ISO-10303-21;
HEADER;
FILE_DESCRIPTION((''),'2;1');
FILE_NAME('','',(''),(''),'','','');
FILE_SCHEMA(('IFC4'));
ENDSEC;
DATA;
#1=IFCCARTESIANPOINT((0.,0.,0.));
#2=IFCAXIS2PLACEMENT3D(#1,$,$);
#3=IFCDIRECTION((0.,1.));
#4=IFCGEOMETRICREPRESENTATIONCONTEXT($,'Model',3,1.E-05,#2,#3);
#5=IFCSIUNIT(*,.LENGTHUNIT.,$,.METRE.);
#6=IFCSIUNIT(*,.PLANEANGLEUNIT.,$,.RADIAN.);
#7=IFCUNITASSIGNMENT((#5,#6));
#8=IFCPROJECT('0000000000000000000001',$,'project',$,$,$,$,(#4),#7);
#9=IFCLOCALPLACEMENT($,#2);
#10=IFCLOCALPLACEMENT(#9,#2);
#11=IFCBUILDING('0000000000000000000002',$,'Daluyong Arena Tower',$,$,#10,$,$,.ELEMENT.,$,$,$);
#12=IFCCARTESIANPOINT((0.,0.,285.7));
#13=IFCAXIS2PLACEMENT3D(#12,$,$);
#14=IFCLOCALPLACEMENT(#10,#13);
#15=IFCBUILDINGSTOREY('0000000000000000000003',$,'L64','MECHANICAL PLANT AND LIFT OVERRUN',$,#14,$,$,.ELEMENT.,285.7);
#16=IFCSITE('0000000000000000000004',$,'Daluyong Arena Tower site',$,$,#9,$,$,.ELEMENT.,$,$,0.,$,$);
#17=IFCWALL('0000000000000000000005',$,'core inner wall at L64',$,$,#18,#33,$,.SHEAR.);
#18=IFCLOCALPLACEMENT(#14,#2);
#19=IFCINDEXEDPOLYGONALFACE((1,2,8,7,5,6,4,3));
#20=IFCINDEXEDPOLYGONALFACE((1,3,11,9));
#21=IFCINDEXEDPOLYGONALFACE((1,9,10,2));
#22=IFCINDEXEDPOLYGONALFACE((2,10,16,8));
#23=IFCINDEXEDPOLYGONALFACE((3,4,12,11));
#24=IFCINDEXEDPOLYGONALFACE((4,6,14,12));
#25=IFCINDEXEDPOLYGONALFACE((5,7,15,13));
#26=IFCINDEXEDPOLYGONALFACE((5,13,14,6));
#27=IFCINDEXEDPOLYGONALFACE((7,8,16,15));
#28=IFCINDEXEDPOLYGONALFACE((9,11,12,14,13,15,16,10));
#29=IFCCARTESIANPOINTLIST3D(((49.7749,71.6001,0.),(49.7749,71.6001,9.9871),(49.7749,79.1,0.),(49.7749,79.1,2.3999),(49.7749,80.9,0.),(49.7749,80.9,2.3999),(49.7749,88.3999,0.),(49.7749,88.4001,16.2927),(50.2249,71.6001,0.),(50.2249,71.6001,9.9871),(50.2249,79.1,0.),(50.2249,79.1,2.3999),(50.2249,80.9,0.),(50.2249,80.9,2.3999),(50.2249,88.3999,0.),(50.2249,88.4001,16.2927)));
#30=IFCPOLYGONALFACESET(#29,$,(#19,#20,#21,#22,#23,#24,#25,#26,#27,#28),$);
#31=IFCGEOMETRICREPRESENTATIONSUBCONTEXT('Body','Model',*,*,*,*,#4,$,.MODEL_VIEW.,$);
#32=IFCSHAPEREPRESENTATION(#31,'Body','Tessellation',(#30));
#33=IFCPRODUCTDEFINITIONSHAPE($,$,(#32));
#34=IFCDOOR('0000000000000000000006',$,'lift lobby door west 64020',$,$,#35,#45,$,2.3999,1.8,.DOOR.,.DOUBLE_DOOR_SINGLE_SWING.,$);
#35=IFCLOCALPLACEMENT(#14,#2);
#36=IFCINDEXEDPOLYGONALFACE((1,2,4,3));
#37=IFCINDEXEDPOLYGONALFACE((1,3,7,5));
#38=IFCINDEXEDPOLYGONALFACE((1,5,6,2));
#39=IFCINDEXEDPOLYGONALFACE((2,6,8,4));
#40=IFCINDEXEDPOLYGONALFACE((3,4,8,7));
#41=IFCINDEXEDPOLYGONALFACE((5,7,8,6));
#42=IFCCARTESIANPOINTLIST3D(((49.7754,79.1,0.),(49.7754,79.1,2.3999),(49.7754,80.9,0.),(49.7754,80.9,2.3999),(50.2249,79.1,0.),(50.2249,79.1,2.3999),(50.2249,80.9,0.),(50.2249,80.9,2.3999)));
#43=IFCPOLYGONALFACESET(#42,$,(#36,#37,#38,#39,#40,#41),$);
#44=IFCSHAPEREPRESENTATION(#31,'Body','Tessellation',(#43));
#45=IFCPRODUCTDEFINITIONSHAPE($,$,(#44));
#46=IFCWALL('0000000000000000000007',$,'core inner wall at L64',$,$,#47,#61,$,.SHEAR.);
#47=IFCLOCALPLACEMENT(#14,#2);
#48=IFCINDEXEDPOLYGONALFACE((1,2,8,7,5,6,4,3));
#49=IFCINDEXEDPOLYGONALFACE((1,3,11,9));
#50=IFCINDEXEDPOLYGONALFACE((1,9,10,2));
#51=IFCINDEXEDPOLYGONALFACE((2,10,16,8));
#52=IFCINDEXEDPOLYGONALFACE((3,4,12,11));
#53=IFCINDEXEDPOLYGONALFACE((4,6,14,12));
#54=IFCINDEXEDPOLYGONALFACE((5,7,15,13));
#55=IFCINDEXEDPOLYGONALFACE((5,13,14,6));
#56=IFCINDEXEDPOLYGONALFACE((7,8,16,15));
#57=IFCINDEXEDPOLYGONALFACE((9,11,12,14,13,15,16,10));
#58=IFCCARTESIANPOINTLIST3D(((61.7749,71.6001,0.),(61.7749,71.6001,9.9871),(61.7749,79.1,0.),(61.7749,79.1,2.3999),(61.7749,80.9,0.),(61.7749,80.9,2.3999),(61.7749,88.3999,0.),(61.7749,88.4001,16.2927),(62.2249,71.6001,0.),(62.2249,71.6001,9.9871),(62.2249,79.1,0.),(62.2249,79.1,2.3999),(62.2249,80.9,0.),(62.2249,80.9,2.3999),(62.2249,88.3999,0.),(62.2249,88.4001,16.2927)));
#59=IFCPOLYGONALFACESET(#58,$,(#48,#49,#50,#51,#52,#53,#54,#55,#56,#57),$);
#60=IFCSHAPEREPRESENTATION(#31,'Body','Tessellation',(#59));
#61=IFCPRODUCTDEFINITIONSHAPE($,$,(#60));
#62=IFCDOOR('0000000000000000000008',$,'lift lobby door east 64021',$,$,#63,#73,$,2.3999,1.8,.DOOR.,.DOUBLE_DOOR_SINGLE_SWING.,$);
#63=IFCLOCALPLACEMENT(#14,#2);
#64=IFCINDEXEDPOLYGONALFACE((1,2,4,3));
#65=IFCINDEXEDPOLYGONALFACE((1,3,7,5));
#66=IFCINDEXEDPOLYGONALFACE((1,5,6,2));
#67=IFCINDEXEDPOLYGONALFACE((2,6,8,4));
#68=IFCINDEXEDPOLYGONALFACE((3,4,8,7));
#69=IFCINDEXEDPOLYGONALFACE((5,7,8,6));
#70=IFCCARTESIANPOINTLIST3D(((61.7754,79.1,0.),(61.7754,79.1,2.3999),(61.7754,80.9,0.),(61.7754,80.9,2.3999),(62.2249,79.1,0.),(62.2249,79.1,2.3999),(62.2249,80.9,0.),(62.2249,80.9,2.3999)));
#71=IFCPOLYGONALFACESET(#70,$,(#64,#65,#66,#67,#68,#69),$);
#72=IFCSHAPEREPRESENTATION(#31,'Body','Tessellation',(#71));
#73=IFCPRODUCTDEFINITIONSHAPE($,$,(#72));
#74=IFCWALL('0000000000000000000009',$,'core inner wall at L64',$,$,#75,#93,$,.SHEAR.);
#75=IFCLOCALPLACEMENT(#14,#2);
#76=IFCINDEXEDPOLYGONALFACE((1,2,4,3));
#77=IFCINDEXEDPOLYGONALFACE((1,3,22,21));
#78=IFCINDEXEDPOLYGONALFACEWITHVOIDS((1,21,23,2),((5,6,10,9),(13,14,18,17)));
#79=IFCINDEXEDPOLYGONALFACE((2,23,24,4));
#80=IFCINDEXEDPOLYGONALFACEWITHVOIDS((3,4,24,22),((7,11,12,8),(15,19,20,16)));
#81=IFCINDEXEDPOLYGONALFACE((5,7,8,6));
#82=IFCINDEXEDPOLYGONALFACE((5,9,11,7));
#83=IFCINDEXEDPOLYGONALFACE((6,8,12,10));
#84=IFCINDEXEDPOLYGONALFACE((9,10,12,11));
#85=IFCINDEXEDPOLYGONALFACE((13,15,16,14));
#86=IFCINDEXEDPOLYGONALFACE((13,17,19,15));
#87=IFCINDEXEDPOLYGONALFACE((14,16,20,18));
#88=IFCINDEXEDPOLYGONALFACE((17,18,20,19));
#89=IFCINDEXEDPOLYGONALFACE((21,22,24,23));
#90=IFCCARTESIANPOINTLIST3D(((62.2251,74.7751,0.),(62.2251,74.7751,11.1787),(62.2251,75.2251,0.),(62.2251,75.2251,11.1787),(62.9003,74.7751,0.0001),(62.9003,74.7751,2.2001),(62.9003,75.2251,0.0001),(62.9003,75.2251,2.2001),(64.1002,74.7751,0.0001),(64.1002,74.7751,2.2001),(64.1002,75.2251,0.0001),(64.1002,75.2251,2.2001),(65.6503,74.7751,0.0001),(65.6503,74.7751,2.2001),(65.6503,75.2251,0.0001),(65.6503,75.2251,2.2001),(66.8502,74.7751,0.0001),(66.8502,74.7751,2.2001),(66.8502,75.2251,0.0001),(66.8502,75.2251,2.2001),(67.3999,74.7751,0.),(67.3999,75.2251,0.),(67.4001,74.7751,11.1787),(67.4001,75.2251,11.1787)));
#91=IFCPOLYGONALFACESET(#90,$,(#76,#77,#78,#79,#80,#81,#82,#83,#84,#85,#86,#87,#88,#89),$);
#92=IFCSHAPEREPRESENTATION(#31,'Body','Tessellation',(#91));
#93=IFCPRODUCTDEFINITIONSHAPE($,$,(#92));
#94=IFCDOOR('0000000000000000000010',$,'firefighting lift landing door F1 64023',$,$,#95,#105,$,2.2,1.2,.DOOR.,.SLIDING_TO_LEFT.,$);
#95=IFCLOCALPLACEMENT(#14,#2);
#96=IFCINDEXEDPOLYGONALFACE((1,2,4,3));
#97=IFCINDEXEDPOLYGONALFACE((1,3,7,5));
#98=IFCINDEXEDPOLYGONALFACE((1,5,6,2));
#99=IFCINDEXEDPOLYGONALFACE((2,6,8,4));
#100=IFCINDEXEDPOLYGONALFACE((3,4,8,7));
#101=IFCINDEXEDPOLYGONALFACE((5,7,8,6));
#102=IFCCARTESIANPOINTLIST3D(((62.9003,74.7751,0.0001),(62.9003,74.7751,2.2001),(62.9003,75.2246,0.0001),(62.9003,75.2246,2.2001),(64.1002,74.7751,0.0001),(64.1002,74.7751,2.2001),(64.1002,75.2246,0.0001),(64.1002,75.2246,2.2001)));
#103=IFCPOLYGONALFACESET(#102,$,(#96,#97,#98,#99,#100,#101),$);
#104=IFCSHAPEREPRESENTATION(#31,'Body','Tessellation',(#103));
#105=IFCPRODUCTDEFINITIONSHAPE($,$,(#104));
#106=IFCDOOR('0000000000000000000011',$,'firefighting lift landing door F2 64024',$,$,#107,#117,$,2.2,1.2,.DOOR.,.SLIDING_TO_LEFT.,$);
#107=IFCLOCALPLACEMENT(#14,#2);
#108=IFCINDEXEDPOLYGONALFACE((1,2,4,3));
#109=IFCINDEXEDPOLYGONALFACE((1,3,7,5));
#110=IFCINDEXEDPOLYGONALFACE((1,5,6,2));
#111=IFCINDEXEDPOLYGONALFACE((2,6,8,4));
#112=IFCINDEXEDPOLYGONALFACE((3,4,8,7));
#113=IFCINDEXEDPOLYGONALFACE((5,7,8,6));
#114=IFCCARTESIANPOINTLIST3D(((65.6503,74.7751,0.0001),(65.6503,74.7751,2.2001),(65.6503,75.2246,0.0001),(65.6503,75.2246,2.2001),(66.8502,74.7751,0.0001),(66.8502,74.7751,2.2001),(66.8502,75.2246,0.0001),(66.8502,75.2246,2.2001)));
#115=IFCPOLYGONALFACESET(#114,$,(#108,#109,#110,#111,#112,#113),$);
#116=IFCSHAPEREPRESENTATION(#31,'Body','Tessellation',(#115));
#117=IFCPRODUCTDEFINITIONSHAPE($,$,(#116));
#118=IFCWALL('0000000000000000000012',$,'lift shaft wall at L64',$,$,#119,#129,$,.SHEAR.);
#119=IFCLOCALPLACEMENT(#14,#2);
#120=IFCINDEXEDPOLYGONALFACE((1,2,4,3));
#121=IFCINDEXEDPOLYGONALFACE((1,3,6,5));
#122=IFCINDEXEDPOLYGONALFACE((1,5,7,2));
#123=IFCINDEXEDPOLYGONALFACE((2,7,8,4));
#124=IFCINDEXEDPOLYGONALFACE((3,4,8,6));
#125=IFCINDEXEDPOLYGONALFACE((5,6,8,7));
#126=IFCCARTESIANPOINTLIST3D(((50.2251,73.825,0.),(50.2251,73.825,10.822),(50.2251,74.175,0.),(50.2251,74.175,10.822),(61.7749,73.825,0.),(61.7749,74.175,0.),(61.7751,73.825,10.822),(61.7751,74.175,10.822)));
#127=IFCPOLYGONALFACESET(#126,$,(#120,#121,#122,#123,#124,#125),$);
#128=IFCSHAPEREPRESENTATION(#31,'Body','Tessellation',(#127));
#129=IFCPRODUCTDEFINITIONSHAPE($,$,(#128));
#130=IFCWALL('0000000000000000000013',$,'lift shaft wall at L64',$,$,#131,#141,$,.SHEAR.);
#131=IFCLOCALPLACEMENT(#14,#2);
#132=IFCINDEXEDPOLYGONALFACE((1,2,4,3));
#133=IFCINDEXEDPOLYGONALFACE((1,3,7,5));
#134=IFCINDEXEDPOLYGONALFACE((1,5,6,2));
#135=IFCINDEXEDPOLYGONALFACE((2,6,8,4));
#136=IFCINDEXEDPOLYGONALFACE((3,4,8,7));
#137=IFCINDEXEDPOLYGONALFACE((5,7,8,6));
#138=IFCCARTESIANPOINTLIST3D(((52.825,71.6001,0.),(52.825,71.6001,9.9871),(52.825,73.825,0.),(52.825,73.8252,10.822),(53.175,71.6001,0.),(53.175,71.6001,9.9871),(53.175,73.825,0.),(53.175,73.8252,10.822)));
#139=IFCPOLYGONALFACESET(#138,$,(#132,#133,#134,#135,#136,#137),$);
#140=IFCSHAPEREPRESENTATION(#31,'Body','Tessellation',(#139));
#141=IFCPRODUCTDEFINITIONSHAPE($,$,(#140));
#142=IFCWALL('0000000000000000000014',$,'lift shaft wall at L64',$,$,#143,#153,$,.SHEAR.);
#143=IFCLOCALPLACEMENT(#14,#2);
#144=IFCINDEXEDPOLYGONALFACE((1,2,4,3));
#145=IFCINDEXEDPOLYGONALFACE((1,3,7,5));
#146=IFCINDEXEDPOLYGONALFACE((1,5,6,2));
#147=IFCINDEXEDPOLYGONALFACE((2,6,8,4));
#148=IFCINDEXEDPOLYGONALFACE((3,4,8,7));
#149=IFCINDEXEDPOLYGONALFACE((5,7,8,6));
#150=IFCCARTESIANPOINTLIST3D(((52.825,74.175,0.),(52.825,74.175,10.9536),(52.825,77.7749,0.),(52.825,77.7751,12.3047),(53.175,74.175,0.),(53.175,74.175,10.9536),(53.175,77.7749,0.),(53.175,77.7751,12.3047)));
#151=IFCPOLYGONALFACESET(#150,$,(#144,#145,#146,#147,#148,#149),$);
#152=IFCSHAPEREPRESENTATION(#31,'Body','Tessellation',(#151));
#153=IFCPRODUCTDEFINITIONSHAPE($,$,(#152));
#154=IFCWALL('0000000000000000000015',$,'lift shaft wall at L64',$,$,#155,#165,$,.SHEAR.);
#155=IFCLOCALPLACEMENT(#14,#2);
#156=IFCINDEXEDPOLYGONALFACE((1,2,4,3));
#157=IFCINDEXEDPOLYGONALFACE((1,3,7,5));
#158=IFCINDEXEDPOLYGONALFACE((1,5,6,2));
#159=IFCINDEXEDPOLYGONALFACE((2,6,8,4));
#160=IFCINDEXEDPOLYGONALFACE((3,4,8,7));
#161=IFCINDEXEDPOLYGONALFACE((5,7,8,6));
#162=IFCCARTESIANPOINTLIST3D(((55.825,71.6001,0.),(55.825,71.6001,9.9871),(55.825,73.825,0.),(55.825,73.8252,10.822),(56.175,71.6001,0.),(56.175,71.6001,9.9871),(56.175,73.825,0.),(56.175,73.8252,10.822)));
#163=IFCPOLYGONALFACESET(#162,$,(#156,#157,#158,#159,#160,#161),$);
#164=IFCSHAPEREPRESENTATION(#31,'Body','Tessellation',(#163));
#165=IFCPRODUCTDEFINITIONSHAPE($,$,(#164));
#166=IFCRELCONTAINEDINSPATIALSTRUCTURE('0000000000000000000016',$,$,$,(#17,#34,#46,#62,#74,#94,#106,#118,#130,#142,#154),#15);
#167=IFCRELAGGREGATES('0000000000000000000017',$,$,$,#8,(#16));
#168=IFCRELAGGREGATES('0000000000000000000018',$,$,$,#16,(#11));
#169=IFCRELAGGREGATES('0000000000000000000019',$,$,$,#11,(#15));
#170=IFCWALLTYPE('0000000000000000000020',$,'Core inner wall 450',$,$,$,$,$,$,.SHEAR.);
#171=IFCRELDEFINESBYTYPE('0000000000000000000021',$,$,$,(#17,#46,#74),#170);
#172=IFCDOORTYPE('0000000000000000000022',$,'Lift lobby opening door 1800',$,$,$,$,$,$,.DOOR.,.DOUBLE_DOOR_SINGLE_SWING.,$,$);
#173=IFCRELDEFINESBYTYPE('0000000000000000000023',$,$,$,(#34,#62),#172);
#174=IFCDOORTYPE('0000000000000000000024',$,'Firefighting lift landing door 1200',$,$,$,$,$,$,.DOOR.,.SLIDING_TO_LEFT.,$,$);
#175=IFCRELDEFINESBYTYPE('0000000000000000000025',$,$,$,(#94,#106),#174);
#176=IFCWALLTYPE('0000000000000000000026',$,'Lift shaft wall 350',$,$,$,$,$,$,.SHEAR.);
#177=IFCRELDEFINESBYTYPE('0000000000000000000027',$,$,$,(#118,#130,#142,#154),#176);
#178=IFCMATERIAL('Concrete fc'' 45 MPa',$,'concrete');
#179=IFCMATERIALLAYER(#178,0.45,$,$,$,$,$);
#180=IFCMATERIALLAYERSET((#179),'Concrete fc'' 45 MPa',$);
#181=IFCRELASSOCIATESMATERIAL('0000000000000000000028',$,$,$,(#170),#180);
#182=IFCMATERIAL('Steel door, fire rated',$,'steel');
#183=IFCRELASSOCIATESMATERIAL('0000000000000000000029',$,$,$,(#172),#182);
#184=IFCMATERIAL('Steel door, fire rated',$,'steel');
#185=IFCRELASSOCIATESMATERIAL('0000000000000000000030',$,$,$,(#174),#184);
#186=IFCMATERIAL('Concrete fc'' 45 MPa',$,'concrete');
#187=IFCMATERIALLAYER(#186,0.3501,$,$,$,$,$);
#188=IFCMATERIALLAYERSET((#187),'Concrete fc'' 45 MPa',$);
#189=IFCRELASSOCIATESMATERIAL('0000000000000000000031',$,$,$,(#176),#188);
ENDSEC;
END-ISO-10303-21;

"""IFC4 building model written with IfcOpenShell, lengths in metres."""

from ifc_helpers import new_model, si_unit, direction, frame, frame_2d, origin, place, context, subcontext, project, spatial, polyline, rectangle, outline, extrude, material, layer, layer_set, type_object, element, fill, save


model = new_model("IFC4")

# Units and contexts
model_context = context("Model", 3, precision=1e-05, world=origin(), true_north=direction((0.0, 1.0)))
body_context = subcontext(model_context, "Body", "Model", "MODEL_VIEW")
ifc_project = project(units=[si_unit("LENGTHUNIT", "METRE"), si_unit("PLANEANGLEUNIT", "RADIAN")], contexts=[model_context])

# Site, building, storey
site_placement = place(None, origin())
site = spatial("IfcSite", under=ifc_project, at=site_placement, Name="Daluyong Arena Tower site", CompositionType="ELEMENT", RefElevation=0.0)
building_placement = place(site_placement, origin())
building = spatial("IfcBuilding", under=site, at=building_placement, Name="Daluyong Arena Tower", CompositionType="ELEMENT")
storey_placement = place(building_placement, frame((0.0, 0.0, 285.7)))
storey = spatial("IfcBuildingStorey", under=building, at=storey_placement, Name="L64", Description="MECHANICAL PLANT AND LIFT OVERRUN", CompositionType="ELEMENT", Elevation=285.7)

# Walls, openings, doors
ifc_material_1 = material(Name="Concrete fc' 45 MPa", Category="concrete")
ifc_layer_1 = layer(ifc_material_1, 0.45)
ifc_layer_set_1 = layer_set([ifc_layer_1], Name="Concrete fc' 45 MPa")
wall_type_1 = type_object("IfcWallType", Name="Core inner wall 450", PredefinedType="SHEAR", material=ifc_layer_set_1)
wall_1_placement = place(storey_placement, frame((50.0, 71.6001, 0.0), z_axis=(0.0, 0.0, 1.0), x_axis=(0.0, 1.0, 0.0)))
wall_1 = element("IfcWall", 1, at=wall_1_placement, inside=storey, type_object=wall_type_1, Name="core inner wall at L64", PredefinedType="SHEAR", context=body_context, shape_type="SweptSolid", body=[
    extrude(outline(polyline([(0.0, 0.0), (16.7998, 0.0), (16.8, 16.2927), (0.0, 9.9871), (0.0, 0.0)])), frame((0.0, 0.2251, 0.0), z_axis=(0.0, -1.0, 0.0), x_axis=(1.0, 0.0, 0.0)), (0.0, 0.0, 1.0), 0.45),
])
opening_1_placement = place(wall_1_placement, frame((7.5, 0.0, 0.0)))
opening_1 = element("IfcOpeningElement", 2, at=opening_1_placement, cuts=wall_1, PredefinedType="OPENING", context=body_context, shape_type="SweptSolid", body=[
    extrude(rectangle(XDim=1.8, YDim=2.3999, at=frame_2d((0.8999, 1.2))), frame((0.0, 0.2349, 0.0), z_axis=(0.0, -1.0, 0.0), x_axis=(1.0, 0.0, 0.0)), (0.0, 0.0, 1.0), 0.47),
])
ifc_material_2 = material(Name="Steel door, fire rated", Category="steel")
door_type_1 = type_object("IfcDoorType", Name="Lift lobby opening door 1800", OperationType="DOUBLE_DOOR_SINGLE_SWING", PredefinedType="DOOR", material=ifc_material_2)
door_1_placement = place(opening_1_placement, origin())
door_1 = element("IfcDoor", 3, at=door_1_placement, inside=storey, type_object=door_type_1, Name="lift lobby door west 64020", OperationType="DOUBLE_DOOR_SINGLE_SWING", OverallHeight=2.3999, OverallWidth=1.8, PredefinedType="DOOR", context=body_context, shape_type="SweptSolid", body=[
    extrude(rectangle(XDim=1.8, YDim=2.3999, at=frame_2d((0.8999, 1.2))), frame((0.0, 0.2246, 0.0), z_axis=(0.0, -1.0, 0.0), x_axis=(1.0, 0.0, 0.0)), (0.0, 0.0, 1.0), 0.4495),
])
fill(opening_1, door_1)
wall_2_placement = place(storey_placement, frame((62.0, 71.6001, 0.0), z_axis=(0.0, 0.0, 1.0), x_axis=(0.0, 1.0, 0.0)))
wall_2 = element("IfcWall", 4, at=wall_2_placement, inside=storey, type_object=wall_type_1, Name="core inner wall at L64", PredefinedType="SHEAR", context=body_context, shape_type="SweptSolid", body=[
    extrude(outline(polyline([(0.0, 0.0), (16.7998, 0.0), (16.8, 16.2927), (0.0, 9.9871), (0.0, 0.0)])), frame((0.0, 0.2251, 0.0), z_axis=(0.0, -1.0, 0.0), x_axis=(1.0, 0.0, 0.0)), (0.0, 0.0, 1.0), 0.45),
])
opening_2_placement = place(wall_2_placement, frame((7.5, 0.0, 0.0)))
opening_2 = element("IfcOpeningElement", 5, at=opening_2_placement, cuts=wall_2, PredefinedType="OPENING", context=body_context, shape_type="SweptSolid", body=[
    extrude(rectangle(XDim=1.8, YDim=2.3999, at=frame_2d((0.8999, 1.2))), frame((0.0, 0.2349, 0.0), z_axis=(0.0, -1.0, 0.0), x_axis=(1.0, 0.0, 0.0)), (0.0, 0.0, 1.0), 0.47),
])
door_2_placement = place(opening_2_placement, origin())
door_2 = element("IfcDoor", 6, at=door_2_placement, inside=storey, type_object=door_type_1, Name="lift lobby door east 64021", OperationType="DOUBLE_DOOR_SINGLE_SWING", OverallHeight=2.3999, OverallWidth=1.8, PredefinedType="DOOR", context=body_context, shape_type="SweptSolid", body=[
    extrude(rectangle(XDim=1.8, YDim=2.3999, at=frame_2d((0.8999, 1.2))), frame((0.0, 0.2246, 0.0), z_axis=(0.0, -1.0, 0.0), x_axis=(1.0, 0.0, 0.0)), (0.0, 0.0, 1.0), 0.4495),
])
fill(opening_2, door_2)

# Wall, openings, doors
wall_3_placement = place(storey_placement, frame((62.2251, 75.0, 0.0), z_axis=(0.0, 0.0, 1.0), x_axis=(1.0, 0.0, 0.0)))
wall_3 = element("IfcWall", 7, at=wall_3_placement, inside=storey, type_object=wall_type_1, Name="core inner wall at L64", PredefinedType="SHEAR", context=body_context, shape_type="SweptSolid", body=[
    extrude(outline(polyline([(0.0, 0.0), (5.1748, 0.0), (5.175, 11.1787), (0.0, 11.1787), (0.0, 0.0)])), frame((0.0, 0.2251, 0.0), z_axis=(0.0, -1.0, 0.0), x_axis=(1.0, 0.0, 0.0)), (0.0, 0.0, 1.0), 0.45),
])
opening_3_placement = place(wall_3_placement, frame((0.675, 0.0, 0.0)))
opening_3 = element("IfcOpeningElement", 8, at=opening_3_placement, cuts=wall_3, PredefinedType="OPENING", context=body_context, shape_type="SweptSolid", body=[
    extrude(rectangle(XDim=1.2, YDim=2.2, at=frame_2d((0.6001, 1.1001))), frame((0.0, 0.2349, 0.0), z_axis=(0.0, -1.0, 0.0), x_axis=(1.0, 0.0, 0.0)), (0.0, 0.0, 1.0), 0.47),
])
opening_4_placement = place(wall_3_placement, frame((3.425, 0.0, 0.0)))
opening_4 = element("IfcOpeningElement", 9, at=opening_4_placement, cuts=wall_3, PredefinedType="OPENING", context=body_context, shape_type="SweptSolid", body=[
    extrude(rectangle(XDim=1.2, YDim=2.2, at=frame_2d((0.6001, 1.1001))), frame((0.0, 0.2349, 0.0), z_axis=(0.0, -1.0, 0.0), x_axis=(1.0, 0.0, 0.0)), (0.0, 0.0, 1.0), 0.47),
])
ifc_material_3 = material(Name="Steel door, fire rated", Category="steel")
door_type_2 = type_object("IfcDoorType", Name="Firefighting lift landing door 1200", OperationType="SLIDING_TO_LEFT", PredefinedType="DOOR", material=ifc_material_3)
door_3_placement = place(opening_3_placement, origin())
door_3 = element("IfcDoor", 10, at=door_3_placement, inside=storey, type_object=door_type_2, Name="firefighting lift landing door F1 64023", OperationType="SLIDING_TO_LEFT", OverallHeight=2.2, OverallWidth=1.2, PredefinedType="DOOR", context=body_context, shape_type="SweptSolid", body=[
    extrude(rectangle(XDim=1.2, YDim=2.2, at=frame_2d((0.6001, 1.1001))), frame((0.0, 0.2246, 0.0), z_axis=(0.0, -1.0, 0.0), x_axis=(1.0, 0.0, 0.0)), (0.0, 0.0, 1.0), 0.4495),
])
fill(opening_3, door_3)
door_4_placement = place(opening_4_placement, origin())
door_4 = element("IfcDoor", 11, at=door_4_placement, inside=storey, type_object=door_type_2, Name="firefighting lift landing door F2 64024", OperationType="SLIDING_TO_LEFT", OverallHeight=2.2, OverallWidth=1.2, PredefinedType="DOOR", context=body_context, shape_type="SweptSolid", body=[
    extrude(rectangle(XDim=1.2, YDim=2.2, at=frame_2d((0.6001, 1.1001))), frame((0.0, 0.2246, 0.0), z_axis=(0.0, -1.0, 0.0), x_axis=(1.0, 0.0, 0.0)), (0.0, 0.0, 1.0), 0.4495),
])
fill(opening_4, door_4)

# Walls
ifc_material_4 = material(Name="Concrete fc' 45 MPa", Category="concrete")
ifc_layer_2 = layer(ifc_material_4, 0.3501)
ifc_layer_set_2 = layer_set([ifc_layer_2], Name="Concrete fc' 45 MPa")
wall_type_2 = type_object("IfcWallType", Name="Lift shaft wall 350", PredefinedType="SHEAR", material=ifc_layer_set_2)
wall_4_placement = place(storey_placement, frame((50.2251, 74.0, 0.0), z_axis=(0.0, 0.0, 1.0), x_axis=(1.0, 0.0, 0.0)))
element("IfcWall", 12, at=wall_4_placement, inside=storey, type_object=wall_type_2, Name="lift shaft wall at L64", PredefinedType="SHEAR", context=body_context, shape_type="SweptSolid", body=[
    extrude(outline(polyline([(0.0, 0.0), (11.5498, 0.0), (11.55, 10.822), (0.0, 10.822), (0.0, 0.0)])), frame((0.0, 0.175, 0.0), z_axis=(0.0, -1.0, 0.0), x_axis=(1.0, 0.0, 0.0)), (0.0, 0.0, 1.0), 0.3501),
])
wall_5_placement = place(storey_placement, frame((53.0, 71.6001, 0.0), z_axis=(0.0, 0.0, 1.0), x_axis=(0.0, 1.0, 0.0)))
element("IfcWall", 13, at=wall_5_placement, inside=storey, type_object=wall_type_2, Name="lift shaft wall at L64", PredefinedType="SHEAR", context=body_context, shape_type="SweptSolid", body=[
    extrude(outline(polyline([(0.0, 0.0), (2.2249, 0.0), (2.2251, 10.822), (0.0, 9.9871), (0.0, 0.0)])), frame((0.0, 0.175, 0.0), z_axis=(0.0, -1.0, 0.0), x_axis=(1.0, 0.0, 0.0)), (0.0, 0.0, 1.0), 0.3501),
])
wall_6_placement = place(storey_placement, frame((53.0, 74.175, 0.0), z_axis=(0.0, 0.0, 1.0), x_axis=(0.0, 1.0, 0.0)))
element("IfcWall", 14, at=wall_6_placement, inside=storey, type_object=wall_type_2, Name="lift shaft wall at L64", PredefinedType="SHEAR", context=body_context, shape_type="SweptSolid", body=[
    extrude(outline(polyline([(0.0, 0.0), (3.5999, 0.0), (3.6001, 12.3047), (0.0, 10.9536), (0.0, 0.0)])), frame((0.0, 0.175, 0.0), z_axis=(0.0, -1.0, 0.0), x_axis=(1.0, 0.0, 0.0)), (0.0, 0.0, 1.0), 0.3501),
])
wall_7_placement = place(storey_placement, frame((56.0, 71.6001, 0.0), z_axis=(0.0, 0.0, 1.0), x_axis=(0.0, 1.0, 0.0)))
element("IfcWall", 15, at=wall_7_placement, inside=storey, type_object=wall_type_2, Name="lift shaft wall at L64", PredefinedType="SHEAR", context=body_context, shape_type="SweptSolid", body=[
    extrude(outline(polyline([(0.0, 0.0), (2.2249, 0.0), (2.2251, 10.822), (0.0, 9.9871), (0.0, 0.0)])), frame((0.0, 0.175, 0.0), z_axis=(0.0, -1.0, 0.0), x_axis=(1.0, 0.0, 0.0)), (0.0, 0.0, 1.0), 0.3501),
])

save(model, "model.ifc")
